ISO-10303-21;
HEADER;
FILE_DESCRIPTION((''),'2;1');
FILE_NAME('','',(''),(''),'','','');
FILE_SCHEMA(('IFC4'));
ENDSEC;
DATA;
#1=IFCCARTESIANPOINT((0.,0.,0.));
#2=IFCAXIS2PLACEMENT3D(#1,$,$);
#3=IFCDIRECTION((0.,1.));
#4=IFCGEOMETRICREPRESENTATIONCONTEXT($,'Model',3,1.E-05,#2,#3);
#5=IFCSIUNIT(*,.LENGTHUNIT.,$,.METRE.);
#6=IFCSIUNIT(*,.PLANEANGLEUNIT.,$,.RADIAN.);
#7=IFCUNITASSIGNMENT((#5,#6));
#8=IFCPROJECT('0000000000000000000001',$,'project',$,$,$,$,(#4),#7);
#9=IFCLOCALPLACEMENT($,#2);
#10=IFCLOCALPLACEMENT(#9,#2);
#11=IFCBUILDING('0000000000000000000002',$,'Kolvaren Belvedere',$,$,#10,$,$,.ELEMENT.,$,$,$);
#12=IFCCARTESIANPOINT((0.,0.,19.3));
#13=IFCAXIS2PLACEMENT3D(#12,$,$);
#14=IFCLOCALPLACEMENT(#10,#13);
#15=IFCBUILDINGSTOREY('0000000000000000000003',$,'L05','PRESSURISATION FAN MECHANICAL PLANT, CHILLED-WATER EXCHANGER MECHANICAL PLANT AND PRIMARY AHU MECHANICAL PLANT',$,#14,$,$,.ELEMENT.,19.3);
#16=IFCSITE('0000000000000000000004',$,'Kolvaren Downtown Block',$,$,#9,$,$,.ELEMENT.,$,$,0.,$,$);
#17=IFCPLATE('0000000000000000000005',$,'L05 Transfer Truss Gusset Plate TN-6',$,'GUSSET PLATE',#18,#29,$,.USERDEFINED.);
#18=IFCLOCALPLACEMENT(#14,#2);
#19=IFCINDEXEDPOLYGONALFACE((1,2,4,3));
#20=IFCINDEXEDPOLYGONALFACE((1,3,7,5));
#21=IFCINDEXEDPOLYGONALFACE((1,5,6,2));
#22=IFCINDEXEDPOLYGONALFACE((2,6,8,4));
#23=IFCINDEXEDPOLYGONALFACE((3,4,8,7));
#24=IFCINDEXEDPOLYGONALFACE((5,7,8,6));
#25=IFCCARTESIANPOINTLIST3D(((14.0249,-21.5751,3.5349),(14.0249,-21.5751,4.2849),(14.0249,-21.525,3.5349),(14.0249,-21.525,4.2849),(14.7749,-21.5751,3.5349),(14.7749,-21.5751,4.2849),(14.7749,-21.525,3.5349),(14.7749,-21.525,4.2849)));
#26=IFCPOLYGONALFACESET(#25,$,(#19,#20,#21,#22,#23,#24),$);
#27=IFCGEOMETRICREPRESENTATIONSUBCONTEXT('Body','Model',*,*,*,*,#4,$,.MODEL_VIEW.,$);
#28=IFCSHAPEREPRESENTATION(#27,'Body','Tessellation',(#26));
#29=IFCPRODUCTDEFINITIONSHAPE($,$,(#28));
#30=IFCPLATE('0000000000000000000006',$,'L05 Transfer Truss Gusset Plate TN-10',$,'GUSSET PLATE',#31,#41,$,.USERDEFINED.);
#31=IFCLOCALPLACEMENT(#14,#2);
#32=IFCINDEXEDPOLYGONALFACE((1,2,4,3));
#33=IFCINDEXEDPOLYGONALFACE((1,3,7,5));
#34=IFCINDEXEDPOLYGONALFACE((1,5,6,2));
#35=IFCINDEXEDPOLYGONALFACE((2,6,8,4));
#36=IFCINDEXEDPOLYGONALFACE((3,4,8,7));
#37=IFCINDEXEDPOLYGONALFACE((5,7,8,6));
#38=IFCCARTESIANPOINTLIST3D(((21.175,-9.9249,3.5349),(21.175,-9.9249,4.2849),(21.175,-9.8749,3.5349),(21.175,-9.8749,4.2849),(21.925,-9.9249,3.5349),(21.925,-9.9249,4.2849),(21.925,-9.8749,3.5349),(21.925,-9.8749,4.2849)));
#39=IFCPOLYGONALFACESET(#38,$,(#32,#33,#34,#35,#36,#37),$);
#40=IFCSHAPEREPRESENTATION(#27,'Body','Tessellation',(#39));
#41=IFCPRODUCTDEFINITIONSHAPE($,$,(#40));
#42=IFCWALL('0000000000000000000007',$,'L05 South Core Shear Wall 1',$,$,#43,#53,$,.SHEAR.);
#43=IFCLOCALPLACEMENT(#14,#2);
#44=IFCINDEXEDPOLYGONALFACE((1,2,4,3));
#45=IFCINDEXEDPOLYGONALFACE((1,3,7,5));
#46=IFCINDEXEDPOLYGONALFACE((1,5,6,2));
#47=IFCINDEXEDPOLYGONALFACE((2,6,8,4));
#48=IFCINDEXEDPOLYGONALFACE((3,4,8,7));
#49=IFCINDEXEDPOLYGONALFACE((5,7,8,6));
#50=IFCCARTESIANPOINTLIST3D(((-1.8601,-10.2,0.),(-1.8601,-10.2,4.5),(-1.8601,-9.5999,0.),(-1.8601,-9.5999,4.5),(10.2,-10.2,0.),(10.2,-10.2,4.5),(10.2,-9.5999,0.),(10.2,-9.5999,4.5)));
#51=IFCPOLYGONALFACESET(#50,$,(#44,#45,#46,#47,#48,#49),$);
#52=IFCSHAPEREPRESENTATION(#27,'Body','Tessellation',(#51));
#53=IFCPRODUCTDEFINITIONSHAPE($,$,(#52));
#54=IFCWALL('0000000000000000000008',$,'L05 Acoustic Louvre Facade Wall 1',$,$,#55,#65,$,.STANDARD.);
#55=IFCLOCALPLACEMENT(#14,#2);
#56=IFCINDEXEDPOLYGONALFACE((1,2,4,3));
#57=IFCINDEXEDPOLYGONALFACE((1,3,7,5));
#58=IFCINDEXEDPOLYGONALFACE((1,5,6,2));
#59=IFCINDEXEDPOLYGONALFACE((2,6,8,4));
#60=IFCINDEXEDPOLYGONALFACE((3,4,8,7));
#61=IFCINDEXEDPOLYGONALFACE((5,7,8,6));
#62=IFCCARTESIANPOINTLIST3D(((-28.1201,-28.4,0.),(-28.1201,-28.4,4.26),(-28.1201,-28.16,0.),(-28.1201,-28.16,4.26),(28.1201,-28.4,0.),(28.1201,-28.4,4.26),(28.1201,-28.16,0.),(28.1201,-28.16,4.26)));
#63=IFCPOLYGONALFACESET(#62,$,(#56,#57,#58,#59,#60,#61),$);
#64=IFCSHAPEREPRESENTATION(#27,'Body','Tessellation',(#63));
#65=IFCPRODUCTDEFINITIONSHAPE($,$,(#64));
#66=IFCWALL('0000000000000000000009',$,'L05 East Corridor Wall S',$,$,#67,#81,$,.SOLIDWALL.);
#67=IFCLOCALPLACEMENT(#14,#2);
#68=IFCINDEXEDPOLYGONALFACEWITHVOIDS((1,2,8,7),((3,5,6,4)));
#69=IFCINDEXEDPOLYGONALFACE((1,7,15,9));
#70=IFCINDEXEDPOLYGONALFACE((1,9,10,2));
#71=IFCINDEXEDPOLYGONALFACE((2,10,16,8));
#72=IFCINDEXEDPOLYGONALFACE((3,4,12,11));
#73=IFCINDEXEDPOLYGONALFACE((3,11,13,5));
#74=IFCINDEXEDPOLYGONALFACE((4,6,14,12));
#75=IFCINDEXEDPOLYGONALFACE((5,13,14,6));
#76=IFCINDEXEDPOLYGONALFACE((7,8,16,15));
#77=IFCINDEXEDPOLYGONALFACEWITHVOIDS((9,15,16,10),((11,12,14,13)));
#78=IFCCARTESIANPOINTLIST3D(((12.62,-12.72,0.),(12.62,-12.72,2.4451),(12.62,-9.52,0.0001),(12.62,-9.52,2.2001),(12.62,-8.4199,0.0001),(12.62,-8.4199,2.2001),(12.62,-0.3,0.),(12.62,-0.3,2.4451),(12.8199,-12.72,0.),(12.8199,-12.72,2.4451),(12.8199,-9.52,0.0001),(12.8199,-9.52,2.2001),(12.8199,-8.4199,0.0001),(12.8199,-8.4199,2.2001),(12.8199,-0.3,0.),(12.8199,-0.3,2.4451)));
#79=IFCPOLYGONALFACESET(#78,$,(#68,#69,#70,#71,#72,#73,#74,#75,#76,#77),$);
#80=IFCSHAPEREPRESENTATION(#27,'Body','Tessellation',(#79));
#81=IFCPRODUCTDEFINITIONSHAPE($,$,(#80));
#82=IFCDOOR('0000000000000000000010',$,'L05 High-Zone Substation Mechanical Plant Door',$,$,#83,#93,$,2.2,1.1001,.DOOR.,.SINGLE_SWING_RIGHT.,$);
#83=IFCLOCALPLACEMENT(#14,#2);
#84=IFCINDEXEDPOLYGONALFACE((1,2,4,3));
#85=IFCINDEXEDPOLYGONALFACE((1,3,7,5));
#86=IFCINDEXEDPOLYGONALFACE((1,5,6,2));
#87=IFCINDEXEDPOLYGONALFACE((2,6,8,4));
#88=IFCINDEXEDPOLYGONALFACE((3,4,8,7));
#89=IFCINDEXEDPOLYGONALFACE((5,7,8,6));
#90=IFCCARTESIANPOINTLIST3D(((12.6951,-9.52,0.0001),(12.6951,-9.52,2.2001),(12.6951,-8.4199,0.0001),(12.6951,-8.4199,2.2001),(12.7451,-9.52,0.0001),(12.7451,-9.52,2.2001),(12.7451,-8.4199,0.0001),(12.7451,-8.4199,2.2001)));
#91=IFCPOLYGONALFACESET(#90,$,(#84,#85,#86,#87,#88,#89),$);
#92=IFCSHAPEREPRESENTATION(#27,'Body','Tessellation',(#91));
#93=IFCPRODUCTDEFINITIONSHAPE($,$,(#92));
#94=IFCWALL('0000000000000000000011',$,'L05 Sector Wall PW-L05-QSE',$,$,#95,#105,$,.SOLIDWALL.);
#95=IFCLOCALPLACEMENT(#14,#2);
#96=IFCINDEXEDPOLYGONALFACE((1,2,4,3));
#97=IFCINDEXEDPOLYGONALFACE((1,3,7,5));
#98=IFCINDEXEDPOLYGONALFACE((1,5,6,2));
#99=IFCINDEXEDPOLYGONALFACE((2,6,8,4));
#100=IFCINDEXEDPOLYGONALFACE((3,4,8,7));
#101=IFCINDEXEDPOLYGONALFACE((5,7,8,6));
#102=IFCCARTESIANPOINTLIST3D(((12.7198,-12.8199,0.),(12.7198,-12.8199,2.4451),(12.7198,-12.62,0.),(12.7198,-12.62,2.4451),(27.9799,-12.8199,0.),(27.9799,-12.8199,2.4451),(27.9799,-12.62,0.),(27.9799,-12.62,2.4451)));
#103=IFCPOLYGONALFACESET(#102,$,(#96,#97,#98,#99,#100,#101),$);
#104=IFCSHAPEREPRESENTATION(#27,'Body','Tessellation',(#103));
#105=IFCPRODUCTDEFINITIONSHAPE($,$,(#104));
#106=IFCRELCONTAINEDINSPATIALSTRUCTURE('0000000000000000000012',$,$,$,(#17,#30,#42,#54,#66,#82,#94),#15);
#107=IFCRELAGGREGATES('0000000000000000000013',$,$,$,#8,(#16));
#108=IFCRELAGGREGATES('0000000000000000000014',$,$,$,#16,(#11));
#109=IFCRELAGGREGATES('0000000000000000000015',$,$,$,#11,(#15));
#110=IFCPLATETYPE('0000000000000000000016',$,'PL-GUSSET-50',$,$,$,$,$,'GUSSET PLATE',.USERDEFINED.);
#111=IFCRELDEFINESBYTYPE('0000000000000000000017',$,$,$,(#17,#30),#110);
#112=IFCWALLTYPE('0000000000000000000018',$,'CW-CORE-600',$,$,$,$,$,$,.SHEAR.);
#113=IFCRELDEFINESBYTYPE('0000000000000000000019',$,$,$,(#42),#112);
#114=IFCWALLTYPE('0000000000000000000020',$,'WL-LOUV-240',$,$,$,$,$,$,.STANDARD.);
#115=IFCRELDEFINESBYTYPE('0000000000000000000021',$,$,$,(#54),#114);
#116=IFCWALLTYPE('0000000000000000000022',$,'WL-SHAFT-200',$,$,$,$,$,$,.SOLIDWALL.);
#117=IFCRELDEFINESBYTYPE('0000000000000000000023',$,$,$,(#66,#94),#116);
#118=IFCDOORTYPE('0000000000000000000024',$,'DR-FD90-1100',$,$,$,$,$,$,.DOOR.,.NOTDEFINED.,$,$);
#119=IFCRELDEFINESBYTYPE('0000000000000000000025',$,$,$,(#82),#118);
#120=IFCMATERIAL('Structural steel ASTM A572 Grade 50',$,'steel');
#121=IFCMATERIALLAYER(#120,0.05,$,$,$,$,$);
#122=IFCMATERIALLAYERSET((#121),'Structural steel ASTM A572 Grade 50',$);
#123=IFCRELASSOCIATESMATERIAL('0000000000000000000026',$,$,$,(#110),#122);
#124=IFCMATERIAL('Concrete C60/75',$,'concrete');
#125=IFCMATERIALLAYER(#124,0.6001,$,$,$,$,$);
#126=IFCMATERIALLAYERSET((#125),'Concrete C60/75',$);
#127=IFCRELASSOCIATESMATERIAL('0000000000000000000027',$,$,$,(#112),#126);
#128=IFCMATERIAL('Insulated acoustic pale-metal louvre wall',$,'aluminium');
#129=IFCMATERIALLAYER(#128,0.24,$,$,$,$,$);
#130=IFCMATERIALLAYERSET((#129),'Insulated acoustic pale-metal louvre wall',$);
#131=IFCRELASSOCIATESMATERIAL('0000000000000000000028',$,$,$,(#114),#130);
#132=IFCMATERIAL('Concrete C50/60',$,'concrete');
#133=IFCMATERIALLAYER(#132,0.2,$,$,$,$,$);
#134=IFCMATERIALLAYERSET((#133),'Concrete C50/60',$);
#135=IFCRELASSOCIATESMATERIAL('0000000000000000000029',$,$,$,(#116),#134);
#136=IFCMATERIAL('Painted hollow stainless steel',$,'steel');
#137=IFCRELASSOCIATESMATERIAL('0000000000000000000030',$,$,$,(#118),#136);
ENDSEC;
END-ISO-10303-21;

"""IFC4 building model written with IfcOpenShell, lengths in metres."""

from ifc_helpers import new_model, si_unit, direction, frame, frame_2d, origin, origin_2d, place, context, subcontext, project, spatial, rectangle, extrude, material, layer, layer_set, type_object, element, fill, save


model = new_model("IFC4")

# Units and contexts
model_context = context("Model", 3, precision=1e-05, world=origin(), true_north=direction((0.0, 1.0)))
body_context = subcontext(model_context, "Body", "Model", "MODEL_VIEW")
ifc_project = project(units=[si_unit("LENGTHUNIT", "METRE"), si_unit("PLANEANGLEUNIT", "RADIAN")], contexts=[model_context])

# Site, building, storey
site_placement = place(None, origin())
site = spatial("IfcSite", under=ifc_project, at=site_placement, Name="Kolvaren Downtown Block", CompositionType="ELEMENT", RefElevation=0.0)
building_placement = place(site_placement, origin())
building = spatial("IfcBuilding", under=site, at=building_placement, Name="Kolvaren Belvedere", CompositionType="ELEMENT")
storey_placement = place(building_placement, frame((0.0, 0.0, 19.3)))
storey = spatial("IfcBuildingStorey", under=building, at=storey_placement, Name="L05", Description="PRESSURISATION FAN MECHANICAL PLANT, CHILLED-WATER EXCHANGER MECHANICAL PLANT AND PRIMARY AHU MECHANICAL PLANT", CompositionType="ELEMENT", Elevation=19.3)

# Plates
ifc_material_1 = material(Name="Structural steel ASTM A572 Grade 50", Category="steel")
ifc_layer_1 = layer(ifc_material_1, 0.05)
ifc_layer_set_1 = layer_set([ifc_layer_1], Name="Structural steel ASTM A572 Grade 50")
plate_type = type_object("IfcPlateType", Name="PL-GUSSET-50", ElementType="GUSSET PLATE", PredefinedType="USERDEFINED", material=ifc_layer_set_1)
for number, where, z_axis, x_axis, name in (
    (1, (14.3999, -21.55, 3.5349), (0.0, 0.0, 1.0), (1.0, 0.0, 0.0), "L05 Transfer Truss Gusset Plate TN-6"),
    (2, (21.55, -9.8999, 3.5349), (0.0, 0.0, 1.0), (1.0, 0.0, 0.0), "L05 Transfer Truss Gusset Plate TN-10"),
):
    element("IfcPlate", number, at=place(storey_placement, frame(where, z_axis=z_axis, x_axis=x_axis)), inside=storey, type_object=plate_type, Name=name, ObjectType="GUSSET PLATE", PredefinedType="USERDEFINED", context=body_context, shape_type="SweptSolid", body=[
        extrude(rectangle(XDim=0.75, YDim=0.05, at=origin_2d()), origin(), (0.0, 0.0, 1.0), 0.75),
    ])

# Walls
ifc_material_2 = material(Name="Concrete C60/75", Category="concrete")
ifc_layer_2 = layer(ifc_material_2, 0.6001)
ifc_layer_set_2 = layer_set([ifc_layer_2], Name="Concrete C60/75")
wall_type_1 = type_object("IfcWallType", Name="CW-CORE-600", PredefinedType="SHEAR", material=ifc_layer_set_2)
wall_1_placement = place(storey_placement, frame((10.2, -9.8999, 0.0), z_axis=(0.0, 0.0, 1.0), x_axis=(-1.0, 0.0, 0.0)))
element("IfcWall", 3, at=wall_1_placement, inside=storey, type_object=wall_type_1, Name="L05 South Core Shear Wall 1", PredefinedType="SHEAR", context=body_context, shape_type="SweptSolid", body=[
    extrude(rectangle(XDim=12.0601, YDim=0.6001, at=frame_2d((6.03, 0.0))), origin(), (0.0, 0.0, 1.0), 4.5),
])
ifc_material_3 = material(Name="Insulated acoustic pale-metal louvre wall", Category="aluminium")
ifc_layer_3 = layer(ifc_material_3, 0.24)
ifc_layer_set_3 = layer_set([ifc_layer_3], Name="Insulated acoustic pale-metal louvre wall")
wall_type_2 = type_object("IfcWallType", Name="WL-LOUV-240", PredefinedType="STANDARD", material=ifc_layer_set_3)
wall_2_placement = place(storey_placement, frame((28.1201, -28.28, 0.0), z_axis=(0.0, 0.0, 1.0), x_axis=(-1.0, 0.0, 0.0)))
element("IfcWall", 4, at=wall_2_placement, inside=storey, type_object=wall_type_2, Name="L05 Acoustic Louvre Facade Wall 1", PredefinedType="STANDARD", context=body_context, shape_type="SweptSolid", body=[
    extrude(rectangle(XDim=56.2402, YDim=0.24, at=frame_2d((28.1201, 0.0))), origin(), (0.0, 0.0, 1.0), 4.26),
])

# Wall, opening, door
ifc_material_4 = material(Name="Concrete C50/60", Category="concrete")
ifc_layer_4 = layer(ifc_material_4, 0.2)
ifc_layer_set_4 = layer_set([ifc_layer_4], Name="Concrete C50/60")
wall_type_3 = type_object("IfcWallType", Name="WL-SHAFT-200", PredefinedType="SOLIDWALL", material=ifc_layer_set_4)
wall_3_placement = place(storey_placement, frame((12.72, -12.72, 0.0), z_axis=(0.0, 0.0, 1.0), x_axis=(0.0, 1.0, 0.0)))
wall_3 = element("IfcWall", 5, at=wall_3_placement, inside=storey, type_object=wall_type_3, Name="L05 East Corridor Wall S", PredefinedType="SOLIDWALL", context=body_context, shape_type="SweptSolid", body=[
    extrude(rectangle(XDim=12.4199, YDim=0.2, at=frame_2d((6.21, 0.0))), origin(), (0.0, 0.0, 1.0), 2.4451),
])
opening_placement = place(wall_3_placement, frame((3.2, 0.0, 0.0)))
opening = element("IfcOpeningElement", 6, at=opening_placement, cuts=wall_3, PredefinedType="OPENING", context=body_context, shape_type="SweptSolid", body=[
    extrude(rectangle(XDim=1.1001, YDim=2.2, at=frame_2d((0.55, 1.1001))), frame((0.0, 0.1099, 0.0), z_axis=(0.0, -1.0, 0.0), x_axis=(1.0, 0.0, 0.0)), (0.0, 0.0, 1.0), 0.22),
])
ifc_material_5 = material(Name="Painted hollow stainless steel", Category="steel")
door_type = type_object("IfcDoorType", Name="DR-FD90-1100", OperationType="NOTDEFINED", PredefinedType="DOOR", material=ifc_material_5)
door_placement = place(opening_placement, origin())
door = element("IfcDoor", 7, at=door_placement, inside=storey, type_object=door_type, Name="L05 High-Zone Substation Mechanical Plant Door", OperationType="SINGLE_SWING_RIGHT", OverallHeight=2.2, OverallWidth=1.1001, PredefinedType="DOOR", context=body_context, shape_type="SweptSolid", body=[
    extrude(rectangle(XDim=1.1001, YDim=2.2, at=frame_2d((0.55, 1.1001))), frame((0.0, 0.0249, 0.0), z_axis=(0.0, -1.0, 0.0), x_axis=(1.0, 0.0, 0.0)), (0.0, 0.0, 1.0), 0.05),
])
fill(opening, door)

# Wall
wall_4_placement = place(storey_placement, frame((12.72, -12.72, 0.0), z_axis=(0.0, 0.0, 1.0), x_axis=(1.0, 0.0, 0.0)))
element("IfcWall", 8, at=wall_4_placement, inside=storey, type_object=wall_type_3, Name="L05 Sector Wall PW-L05-QSE", PredefinedType="SOLIDWALL", context=body_context, shape_type="SweptSolid", body=[
    extrude(rectangle(XDim=15.26, YDim=0.2, at=frame_2d((7.6299, 0.0))), origin(), (0.0, 0.0, 1.0), 2.4451),
])

save(model, "model.ifc")
